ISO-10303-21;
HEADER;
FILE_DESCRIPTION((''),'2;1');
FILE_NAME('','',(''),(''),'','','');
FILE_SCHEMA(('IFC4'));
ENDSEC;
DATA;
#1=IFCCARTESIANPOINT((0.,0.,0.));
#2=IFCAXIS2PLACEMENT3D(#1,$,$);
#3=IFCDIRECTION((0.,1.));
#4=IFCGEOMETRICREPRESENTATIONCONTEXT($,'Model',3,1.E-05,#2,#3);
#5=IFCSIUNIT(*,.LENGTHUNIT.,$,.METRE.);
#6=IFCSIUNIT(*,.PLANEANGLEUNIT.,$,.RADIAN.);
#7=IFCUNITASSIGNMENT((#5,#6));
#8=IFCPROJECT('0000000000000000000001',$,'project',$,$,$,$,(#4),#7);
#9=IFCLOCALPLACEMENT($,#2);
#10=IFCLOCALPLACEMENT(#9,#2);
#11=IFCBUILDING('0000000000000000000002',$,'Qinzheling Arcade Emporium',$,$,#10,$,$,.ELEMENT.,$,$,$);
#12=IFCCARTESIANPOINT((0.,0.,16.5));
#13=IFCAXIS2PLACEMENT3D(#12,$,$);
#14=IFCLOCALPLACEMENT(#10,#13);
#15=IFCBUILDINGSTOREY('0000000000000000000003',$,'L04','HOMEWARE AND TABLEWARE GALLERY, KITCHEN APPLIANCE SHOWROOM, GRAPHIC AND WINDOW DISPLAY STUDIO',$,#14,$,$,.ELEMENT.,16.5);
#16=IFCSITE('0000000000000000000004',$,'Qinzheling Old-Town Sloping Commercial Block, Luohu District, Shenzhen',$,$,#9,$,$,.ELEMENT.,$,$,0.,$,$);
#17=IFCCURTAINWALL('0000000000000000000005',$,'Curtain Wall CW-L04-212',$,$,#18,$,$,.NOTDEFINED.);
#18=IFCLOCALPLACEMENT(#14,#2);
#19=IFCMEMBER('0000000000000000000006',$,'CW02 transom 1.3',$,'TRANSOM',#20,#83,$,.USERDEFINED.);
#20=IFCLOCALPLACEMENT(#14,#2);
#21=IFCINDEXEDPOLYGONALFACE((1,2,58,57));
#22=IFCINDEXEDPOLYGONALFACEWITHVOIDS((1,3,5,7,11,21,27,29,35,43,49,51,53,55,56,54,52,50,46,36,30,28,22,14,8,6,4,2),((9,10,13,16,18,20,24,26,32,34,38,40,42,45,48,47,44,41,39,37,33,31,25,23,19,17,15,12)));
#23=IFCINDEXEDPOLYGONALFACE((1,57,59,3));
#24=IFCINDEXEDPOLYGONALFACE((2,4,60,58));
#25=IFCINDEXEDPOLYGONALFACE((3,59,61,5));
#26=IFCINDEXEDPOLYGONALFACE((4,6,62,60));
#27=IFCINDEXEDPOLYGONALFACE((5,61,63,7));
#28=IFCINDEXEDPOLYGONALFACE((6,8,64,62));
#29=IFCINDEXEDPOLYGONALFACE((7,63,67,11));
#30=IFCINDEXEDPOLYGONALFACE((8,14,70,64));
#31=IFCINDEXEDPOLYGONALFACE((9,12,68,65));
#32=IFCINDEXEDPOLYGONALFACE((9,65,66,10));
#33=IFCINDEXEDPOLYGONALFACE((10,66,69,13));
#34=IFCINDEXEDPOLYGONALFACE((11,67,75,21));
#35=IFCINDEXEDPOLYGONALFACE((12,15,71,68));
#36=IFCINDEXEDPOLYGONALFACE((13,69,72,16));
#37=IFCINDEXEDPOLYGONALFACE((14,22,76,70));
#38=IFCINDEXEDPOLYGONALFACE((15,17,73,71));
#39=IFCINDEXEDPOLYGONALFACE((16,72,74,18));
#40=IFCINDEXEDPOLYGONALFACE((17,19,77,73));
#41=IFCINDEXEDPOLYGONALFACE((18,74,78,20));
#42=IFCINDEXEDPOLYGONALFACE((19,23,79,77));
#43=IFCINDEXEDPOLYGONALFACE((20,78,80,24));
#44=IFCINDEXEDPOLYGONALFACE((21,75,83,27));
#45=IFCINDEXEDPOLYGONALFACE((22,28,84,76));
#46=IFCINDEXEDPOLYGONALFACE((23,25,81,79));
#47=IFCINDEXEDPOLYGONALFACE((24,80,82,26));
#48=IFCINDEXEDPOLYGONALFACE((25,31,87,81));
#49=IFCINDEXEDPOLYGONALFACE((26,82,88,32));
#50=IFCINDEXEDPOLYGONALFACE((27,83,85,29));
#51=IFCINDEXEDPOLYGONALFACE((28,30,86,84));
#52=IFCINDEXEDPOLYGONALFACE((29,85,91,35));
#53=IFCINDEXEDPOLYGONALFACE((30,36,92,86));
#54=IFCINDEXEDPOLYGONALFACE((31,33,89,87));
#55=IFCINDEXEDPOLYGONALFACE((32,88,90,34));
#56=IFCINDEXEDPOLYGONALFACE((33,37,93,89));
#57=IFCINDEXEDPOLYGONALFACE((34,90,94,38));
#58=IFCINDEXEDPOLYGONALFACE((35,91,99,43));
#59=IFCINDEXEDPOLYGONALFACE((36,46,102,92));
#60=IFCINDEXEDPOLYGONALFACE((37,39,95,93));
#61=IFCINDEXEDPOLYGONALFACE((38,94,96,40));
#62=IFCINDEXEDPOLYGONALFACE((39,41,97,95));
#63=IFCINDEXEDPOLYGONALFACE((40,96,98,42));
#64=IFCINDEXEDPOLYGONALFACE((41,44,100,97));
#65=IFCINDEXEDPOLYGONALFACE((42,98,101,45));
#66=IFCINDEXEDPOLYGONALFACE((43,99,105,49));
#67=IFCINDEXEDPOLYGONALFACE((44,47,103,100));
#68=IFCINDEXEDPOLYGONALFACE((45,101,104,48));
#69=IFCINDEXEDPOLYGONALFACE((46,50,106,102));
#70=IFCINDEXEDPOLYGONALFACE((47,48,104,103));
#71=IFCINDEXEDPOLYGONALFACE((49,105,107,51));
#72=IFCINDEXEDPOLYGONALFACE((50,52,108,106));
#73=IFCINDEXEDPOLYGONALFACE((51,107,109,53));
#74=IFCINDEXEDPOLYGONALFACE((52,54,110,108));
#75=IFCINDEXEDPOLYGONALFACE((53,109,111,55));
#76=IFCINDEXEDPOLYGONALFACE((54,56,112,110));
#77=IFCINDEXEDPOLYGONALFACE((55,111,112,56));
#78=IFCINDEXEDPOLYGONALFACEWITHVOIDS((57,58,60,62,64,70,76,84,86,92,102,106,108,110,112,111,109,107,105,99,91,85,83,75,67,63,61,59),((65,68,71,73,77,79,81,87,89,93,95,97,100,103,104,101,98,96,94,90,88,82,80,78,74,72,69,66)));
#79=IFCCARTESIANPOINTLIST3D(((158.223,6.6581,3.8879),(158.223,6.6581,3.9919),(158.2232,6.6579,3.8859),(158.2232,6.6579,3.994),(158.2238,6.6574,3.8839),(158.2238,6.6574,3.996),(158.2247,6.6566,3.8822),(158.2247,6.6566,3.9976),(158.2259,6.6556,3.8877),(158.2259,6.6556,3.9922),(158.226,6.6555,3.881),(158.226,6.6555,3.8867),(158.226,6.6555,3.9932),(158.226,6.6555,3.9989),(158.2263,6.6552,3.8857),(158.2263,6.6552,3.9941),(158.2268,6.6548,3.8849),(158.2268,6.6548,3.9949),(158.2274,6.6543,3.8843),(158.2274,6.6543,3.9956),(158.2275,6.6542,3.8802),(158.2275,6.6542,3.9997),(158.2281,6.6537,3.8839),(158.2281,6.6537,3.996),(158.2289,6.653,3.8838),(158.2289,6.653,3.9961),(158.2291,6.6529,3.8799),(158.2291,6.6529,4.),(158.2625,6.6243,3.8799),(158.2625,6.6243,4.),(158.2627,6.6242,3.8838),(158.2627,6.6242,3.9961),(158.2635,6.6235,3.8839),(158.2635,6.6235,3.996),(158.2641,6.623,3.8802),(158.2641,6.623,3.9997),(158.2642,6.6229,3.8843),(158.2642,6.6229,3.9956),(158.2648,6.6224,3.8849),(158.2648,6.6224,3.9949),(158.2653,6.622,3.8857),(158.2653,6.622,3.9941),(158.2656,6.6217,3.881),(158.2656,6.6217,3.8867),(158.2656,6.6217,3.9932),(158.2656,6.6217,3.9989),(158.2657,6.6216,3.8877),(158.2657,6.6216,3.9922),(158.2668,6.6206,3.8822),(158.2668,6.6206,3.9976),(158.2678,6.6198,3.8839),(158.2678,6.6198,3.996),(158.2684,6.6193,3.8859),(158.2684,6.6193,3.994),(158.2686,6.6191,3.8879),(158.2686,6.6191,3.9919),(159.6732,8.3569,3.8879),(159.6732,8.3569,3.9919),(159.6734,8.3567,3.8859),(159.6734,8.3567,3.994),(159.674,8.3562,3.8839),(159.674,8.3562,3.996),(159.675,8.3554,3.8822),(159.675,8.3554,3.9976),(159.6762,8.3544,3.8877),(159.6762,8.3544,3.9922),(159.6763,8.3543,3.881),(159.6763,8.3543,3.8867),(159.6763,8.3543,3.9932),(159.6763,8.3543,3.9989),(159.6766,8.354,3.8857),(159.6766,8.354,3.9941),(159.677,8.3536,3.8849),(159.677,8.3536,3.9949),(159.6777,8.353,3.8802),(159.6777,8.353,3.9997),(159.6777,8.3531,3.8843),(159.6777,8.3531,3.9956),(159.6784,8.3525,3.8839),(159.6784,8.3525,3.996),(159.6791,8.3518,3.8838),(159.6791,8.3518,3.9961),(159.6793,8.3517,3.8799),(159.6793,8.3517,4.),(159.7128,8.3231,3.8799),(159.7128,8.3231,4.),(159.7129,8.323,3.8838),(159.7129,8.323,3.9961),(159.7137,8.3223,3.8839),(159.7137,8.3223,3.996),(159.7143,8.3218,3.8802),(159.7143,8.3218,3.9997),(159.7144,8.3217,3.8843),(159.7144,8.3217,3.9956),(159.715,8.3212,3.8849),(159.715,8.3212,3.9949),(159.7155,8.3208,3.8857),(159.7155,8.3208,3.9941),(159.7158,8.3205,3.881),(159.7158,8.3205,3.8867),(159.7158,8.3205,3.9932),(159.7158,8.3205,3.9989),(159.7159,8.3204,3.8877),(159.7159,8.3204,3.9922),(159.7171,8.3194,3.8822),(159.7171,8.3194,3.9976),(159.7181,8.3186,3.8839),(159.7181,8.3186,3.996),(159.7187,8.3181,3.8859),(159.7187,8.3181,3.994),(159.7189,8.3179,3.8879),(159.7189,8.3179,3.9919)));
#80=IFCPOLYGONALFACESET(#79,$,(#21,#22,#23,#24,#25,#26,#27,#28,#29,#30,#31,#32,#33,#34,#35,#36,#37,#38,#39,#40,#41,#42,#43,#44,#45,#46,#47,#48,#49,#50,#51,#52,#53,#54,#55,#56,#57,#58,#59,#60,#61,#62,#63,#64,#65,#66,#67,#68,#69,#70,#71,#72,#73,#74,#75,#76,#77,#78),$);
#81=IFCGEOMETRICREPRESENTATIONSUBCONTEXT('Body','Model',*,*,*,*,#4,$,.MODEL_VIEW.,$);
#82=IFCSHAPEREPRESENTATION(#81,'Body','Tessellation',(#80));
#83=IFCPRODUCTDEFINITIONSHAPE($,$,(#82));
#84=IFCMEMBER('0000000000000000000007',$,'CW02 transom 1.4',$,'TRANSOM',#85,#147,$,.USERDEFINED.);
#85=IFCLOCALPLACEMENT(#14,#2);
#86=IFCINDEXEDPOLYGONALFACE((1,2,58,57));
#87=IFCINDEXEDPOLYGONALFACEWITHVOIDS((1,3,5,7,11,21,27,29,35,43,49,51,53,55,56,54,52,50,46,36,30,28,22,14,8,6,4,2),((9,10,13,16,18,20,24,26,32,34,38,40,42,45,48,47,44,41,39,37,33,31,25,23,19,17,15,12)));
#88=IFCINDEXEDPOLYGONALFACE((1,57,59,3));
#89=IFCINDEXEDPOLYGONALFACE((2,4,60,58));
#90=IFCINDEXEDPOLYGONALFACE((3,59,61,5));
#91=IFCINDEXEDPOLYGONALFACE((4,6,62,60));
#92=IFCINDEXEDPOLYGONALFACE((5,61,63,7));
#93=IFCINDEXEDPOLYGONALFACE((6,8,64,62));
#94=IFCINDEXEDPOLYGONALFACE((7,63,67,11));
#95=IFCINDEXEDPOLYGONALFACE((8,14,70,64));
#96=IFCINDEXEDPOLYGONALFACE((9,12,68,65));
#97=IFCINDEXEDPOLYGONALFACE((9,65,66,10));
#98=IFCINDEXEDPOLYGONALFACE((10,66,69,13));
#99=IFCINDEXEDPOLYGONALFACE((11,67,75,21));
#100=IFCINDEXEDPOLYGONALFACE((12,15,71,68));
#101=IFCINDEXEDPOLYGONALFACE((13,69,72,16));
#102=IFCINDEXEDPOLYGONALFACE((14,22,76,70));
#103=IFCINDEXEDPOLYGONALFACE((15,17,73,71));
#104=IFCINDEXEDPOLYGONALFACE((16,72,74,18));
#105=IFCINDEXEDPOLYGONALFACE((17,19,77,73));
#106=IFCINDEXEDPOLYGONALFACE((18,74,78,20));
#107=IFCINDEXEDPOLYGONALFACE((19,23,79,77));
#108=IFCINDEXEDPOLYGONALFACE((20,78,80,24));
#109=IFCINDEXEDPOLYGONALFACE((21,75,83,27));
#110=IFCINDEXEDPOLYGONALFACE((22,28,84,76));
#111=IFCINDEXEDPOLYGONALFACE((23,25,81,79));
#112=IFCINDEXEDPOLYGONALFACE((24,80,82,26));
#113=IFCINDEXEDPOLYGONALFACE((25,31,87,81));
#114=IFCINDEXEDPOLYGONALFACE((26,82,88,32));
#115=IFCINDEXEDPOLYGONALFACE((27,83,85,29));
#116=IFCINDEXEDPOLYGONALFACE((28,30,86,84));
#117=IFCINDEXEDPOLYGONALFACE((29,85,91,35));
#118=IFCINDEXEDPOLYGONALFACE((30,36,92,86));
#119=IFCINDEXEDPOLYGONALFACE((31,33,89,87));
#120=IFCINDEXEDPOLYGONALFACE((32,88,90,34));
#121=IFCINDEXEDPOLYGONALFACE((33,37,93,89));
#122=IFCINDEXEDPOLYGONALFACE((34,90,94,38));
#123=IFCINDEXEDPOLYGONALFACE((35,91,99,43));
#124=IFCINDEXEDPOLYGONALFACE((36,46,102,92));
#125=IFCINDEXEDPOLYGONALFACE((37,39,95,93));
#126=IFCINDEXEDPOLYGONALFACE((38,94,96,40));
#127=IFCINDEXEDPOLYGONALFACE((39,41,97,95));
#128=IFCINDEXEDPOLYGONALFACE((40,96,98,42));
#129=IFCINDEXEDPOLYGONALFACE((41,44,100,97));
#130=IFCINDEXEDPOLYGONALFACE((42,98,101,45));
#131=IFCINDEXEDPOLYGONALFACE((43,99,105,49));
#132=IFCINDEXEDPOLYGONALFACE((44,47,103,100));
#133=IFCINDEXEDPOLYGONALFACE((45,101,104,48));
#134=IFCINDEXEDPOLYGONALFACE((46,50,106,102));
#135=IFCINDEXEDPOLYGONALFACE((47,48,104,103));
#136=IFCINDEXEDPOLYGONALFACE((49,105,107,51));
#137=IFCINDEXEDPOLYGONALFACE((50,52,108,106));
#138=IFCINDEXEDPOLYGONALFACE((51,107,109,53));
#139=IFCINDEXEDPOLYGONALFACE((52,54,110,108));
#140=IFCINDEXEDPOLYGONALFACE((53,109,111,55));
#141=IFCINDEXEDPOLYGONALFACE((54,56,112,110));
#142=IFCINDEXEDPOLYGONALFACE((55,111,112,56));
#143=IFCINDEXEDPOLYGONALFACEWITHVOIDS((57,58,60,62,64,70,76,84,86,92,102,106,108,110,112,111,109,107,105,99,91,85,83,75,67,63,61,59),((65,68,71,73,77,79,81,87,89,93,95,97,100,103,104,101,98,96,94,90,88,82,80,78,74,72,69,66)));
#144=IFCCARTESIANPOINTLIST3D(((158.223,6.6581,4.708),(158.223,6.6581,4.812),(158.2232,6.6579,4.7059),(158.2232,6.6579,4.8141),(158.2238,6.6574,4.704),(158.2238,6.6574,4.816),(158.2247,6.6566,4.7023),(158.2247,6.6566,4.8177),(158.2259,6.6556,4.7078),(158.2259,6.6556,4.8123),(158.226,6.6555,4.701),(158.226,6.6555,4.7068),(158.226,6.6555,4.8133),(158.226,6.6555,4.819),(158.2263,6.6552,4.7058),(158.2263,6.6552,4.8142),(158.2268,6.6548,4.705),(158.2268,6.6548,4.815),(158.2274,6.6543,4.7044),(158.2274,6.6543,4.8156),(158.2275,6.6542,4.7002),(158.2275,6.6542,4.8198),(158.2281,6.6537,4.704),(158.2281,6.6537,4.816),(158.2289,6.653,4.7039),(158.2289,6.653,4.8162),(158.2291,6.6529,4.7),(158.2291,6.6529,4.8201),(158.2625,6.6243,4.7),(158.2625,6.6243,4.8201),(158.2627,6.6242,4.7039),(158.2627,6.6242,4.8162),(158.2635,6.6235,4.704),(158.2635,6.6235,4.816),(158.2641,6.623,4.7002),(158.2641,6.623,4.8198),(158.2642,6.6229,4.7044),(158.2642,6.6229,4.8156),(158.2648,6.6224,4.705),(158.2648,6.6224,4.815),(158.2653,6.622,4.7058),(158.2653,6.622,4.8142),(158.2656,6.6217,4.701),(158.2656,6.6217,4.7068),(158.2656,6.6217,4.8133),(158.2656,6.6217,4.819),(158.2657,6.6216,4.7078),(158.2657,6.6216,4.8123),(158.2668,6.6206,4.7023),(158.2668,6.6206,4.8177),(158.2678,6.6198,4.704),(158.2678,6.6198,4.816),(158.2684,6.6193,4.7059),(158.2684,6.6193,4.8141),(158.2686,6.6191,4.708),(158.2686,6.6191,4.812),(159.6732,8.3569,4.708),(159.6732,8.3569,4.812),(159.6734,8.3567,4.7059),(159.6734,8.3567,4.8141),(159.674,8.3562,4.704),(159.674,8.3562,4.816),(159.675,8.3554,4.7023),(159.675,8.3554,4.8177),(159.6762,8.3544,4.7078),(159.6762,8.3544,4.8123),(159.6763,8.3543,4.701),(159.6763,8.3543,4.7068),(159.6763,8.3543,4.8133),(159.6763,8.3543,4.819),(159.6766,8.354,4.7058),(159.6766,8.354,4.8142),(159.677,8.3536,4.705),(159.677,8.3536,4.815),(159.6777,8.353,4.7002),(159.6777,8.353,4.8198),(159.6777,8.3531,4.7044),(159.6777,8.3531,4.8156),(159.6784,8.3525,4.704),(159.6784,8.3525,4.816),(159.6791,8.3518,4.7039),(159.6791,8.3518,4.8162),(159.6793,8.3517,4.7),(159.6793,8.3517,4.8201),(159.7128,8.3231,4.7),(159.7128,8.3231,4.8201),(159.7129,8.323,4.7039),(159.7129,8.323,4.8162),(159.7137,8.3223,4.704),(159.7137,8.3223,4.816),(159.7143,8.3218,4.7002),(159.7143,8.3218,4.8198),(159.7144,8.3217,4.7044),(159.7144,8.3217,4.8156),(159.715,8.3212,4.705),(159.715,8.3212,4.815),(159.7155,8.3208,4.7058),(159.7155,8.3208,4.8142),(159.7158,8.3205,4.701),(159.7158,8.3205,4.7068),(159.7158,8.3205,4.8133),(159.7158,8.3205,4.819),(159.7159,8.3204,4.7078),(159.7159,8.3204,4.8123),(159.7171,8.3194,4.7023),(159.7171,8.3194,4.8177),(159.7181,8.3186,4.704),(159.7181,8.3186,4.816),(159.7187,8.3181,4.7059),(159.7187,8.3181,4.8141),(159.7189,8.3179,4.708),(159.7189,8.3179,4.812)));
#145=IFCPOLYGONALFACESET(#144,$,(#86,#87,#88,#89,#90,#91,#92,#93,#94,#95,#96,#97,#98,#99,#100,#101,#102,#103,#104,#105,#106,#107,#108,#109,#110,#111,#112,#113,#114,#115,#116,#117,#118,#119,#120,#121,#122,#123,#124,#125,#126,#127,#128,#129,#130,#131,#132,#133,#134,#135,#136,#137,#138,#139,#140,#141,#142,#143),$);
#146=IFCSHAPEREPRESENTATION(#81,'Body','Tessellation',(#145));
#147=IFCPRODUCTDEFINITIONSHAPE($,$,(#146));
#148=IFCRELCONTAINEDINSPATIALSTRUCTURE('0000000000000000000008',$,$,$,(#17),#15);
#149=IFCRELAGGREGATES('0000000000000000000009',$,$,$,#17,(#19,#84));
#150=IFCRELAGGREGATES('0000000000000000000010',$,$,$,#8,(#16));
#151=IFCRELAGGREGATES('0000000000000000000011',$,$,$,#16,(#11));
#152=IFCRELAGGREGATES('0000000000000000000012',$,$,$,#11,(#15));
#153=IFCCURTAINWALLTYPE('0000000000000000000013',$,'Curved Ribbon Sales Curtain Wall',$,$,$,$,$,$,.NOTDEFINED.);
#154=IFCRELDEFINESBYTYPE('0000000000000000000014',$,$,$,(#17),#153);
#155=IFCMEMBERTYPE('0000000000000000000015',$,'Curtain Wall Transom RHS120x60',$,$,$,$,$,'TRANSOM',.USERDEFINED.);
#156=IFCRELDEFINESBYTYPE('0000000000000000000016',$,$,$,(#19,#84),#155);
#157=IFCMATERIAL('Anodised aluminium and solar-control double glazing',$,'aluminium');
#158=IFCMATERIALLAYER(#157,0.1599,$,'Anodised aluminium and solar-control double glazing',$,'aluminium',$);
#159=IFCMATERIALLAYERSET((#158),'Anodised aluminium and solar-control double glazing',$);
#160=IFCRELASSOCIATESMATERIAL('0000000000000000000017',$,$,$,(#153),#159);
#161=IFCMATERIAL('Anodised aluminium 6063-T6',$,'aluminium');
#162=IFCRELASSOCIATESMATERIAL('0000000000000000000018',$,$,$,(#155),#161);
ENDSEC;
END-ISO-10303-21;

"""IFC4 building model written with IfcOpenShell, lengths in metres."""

from ifc_helpers import new_model, si_unit, direction, frame, origin, origin_2d, place, context, subcontext, project, spatial, hollow_rectangle, extrude, material, layer, layer_set, material_profile, profile_set, type_object, element, aggregate, save


model = new_model("IFC4")

# Units and contexts
model_context = context("Model", 3, precision=1e-05, world=origin(), true_north=direction((0.0, 1.0)))
body_context = subcontext(model_context, "Body", "Model", "MODEL_VIEW")
ifc_project = project(units=[si_unit("LENGTHUNIT", "METRE"), si_unit("PLANEANGLEUNIT", "RADIAN")], contexts=[model_context])

# Site, building, storey
site_placement = place(None, origin())
site = spatial("IfcSite", under=ifc_project, at=site_placement, Name="Qinzheling Old-Town Sloping Commercial Block, Luohu District, Shenzhen", CompositionType="ELEMENT", RefElevation=0.0)
building_placement = place(site_placement, origin())
building = spatial("IfcBuilding", under=site, at=building_placement, Name="Qinzheling Arcade Emporium", CompositionType="ELEMENT")
storey_placement = place(building_placement, frame((0.0, 0.0, 16.5)))
storey = spatial("IfcBuildingStorey", under=building, at=storey_placement, Name="L04", Description="HOMEWARE AND TABLEWARE GALLERY, KITCHEN APPLIANCE SHOWROOM, GRAPHIC AND WINDOW DISPLAY STUDIO", CompositionType="ELEMENT", Elevation=16.5)

# Shared definitions
ifc_material_1 = material(Name="Anodised aluminium and solar-control double glazing", Category="aluminium")
ifc_layer_1 = layer(ifc_material_1, 0.1599, Name="Anodised aluminium and solar-control double glazing", Category="aluminium")
ifc_layer_set_1 = layer_set([ifc_layer_1], Name="Anodised aluminium and solar-control double glazing")
curtain_wall_type = type_object("IfcCurtainWallType", Name="Curved Ribbon Sales Curtain Wall", PredefinedType="NOTDEFINED", material=ifc_layer_set_1)
ifc_material_2 = material(Name="Anodised aluminium 6063-T6", Category="aluminium")

# Curtain wall
curtain_wall_1_placement = place(storey_placement, origin())
curtain_wall_1 = element("IfcCurtainWall", 1, at=curtain_wall_1_placement, inside=storey, type_object=curtain_wall_type, Name="Curtain Wall CW-L04-212", PredefinedType="NOTDEFINED")

# Members
ifc_material_profile_1 = material_profile(ifc_material_2, hollow_rectangle(XDim=0.0601, YDim=0.1201, WallThickness=0.0039, InnerFilletRadius=0.0039, OuterFilletRadius=0.0081, at=origin_2d()), Name="RHS 120x60x4", Category="aluminium")
ifc_profile_set_1 = profile_set([ifc_material_profile_1], Name="Anodised aluminium 6063-T6")
member_type_1 = type_object("IfcMemberType", Name="Curtain Wall Transom RHS120x60", ElementType="TRANSOM", PredefinedType="USERDEFINED", material=ifc_profile_set_1)
member_1_placement = place(storey_placement, frame((159.696, 8.3374, 3.9399), z_axis=(-0.649278, -0.760551, 0.0), x_axis=(0.760551, -0.649278, 0.0)))
member_1 = element("IfcMember", 2, at=member_1_placement, type_object=member_type_1, Name="CW02 transom 1.3", ObjectType="TRANSOM", PredefinedType="USERDEFINED", context=body_context, shape_type="SweptSolid", body=[
    extrude(hollow_rectangle(XDim=0.0601, YDim=0.1201, WallThickness=0.0039, InnerFilletRadius=0.0039, OuterFilletRadius=0.0081, at=origin_2d()), origin(), (0.0, 0.0, 1.0), 2.2336),
])
member_2_placement = place(storey_placement, frame((159.696, 8.3374, 4.76), z_axis=(-0.649278, -0.760551, 0.0), x_axis=(0.760551, -0.649278, 0.0)))
member_2 = element("IfcMember", 3, at=member_2_placement, type_object=member_type_1, Name="CW02 transom 1.4", ObjectType="TRANSOM", PredefinedType="USERDEFINED", context=body_context, shape_type="SweptSolid", body=[
    extrude(hollow_rectangle(XDim=0.0601, YDim=0.1201, WallThickness=0.0039, InnerFilletRadius=0.0039, OuterFilletRadius=0.0081, at=origin_2d()), origin(), (0.0, 0.0, 1.0), 2.2336),
])

aggregate(curtain_wall_1, [member_1, member_2])

save(model, "model.ifc")
